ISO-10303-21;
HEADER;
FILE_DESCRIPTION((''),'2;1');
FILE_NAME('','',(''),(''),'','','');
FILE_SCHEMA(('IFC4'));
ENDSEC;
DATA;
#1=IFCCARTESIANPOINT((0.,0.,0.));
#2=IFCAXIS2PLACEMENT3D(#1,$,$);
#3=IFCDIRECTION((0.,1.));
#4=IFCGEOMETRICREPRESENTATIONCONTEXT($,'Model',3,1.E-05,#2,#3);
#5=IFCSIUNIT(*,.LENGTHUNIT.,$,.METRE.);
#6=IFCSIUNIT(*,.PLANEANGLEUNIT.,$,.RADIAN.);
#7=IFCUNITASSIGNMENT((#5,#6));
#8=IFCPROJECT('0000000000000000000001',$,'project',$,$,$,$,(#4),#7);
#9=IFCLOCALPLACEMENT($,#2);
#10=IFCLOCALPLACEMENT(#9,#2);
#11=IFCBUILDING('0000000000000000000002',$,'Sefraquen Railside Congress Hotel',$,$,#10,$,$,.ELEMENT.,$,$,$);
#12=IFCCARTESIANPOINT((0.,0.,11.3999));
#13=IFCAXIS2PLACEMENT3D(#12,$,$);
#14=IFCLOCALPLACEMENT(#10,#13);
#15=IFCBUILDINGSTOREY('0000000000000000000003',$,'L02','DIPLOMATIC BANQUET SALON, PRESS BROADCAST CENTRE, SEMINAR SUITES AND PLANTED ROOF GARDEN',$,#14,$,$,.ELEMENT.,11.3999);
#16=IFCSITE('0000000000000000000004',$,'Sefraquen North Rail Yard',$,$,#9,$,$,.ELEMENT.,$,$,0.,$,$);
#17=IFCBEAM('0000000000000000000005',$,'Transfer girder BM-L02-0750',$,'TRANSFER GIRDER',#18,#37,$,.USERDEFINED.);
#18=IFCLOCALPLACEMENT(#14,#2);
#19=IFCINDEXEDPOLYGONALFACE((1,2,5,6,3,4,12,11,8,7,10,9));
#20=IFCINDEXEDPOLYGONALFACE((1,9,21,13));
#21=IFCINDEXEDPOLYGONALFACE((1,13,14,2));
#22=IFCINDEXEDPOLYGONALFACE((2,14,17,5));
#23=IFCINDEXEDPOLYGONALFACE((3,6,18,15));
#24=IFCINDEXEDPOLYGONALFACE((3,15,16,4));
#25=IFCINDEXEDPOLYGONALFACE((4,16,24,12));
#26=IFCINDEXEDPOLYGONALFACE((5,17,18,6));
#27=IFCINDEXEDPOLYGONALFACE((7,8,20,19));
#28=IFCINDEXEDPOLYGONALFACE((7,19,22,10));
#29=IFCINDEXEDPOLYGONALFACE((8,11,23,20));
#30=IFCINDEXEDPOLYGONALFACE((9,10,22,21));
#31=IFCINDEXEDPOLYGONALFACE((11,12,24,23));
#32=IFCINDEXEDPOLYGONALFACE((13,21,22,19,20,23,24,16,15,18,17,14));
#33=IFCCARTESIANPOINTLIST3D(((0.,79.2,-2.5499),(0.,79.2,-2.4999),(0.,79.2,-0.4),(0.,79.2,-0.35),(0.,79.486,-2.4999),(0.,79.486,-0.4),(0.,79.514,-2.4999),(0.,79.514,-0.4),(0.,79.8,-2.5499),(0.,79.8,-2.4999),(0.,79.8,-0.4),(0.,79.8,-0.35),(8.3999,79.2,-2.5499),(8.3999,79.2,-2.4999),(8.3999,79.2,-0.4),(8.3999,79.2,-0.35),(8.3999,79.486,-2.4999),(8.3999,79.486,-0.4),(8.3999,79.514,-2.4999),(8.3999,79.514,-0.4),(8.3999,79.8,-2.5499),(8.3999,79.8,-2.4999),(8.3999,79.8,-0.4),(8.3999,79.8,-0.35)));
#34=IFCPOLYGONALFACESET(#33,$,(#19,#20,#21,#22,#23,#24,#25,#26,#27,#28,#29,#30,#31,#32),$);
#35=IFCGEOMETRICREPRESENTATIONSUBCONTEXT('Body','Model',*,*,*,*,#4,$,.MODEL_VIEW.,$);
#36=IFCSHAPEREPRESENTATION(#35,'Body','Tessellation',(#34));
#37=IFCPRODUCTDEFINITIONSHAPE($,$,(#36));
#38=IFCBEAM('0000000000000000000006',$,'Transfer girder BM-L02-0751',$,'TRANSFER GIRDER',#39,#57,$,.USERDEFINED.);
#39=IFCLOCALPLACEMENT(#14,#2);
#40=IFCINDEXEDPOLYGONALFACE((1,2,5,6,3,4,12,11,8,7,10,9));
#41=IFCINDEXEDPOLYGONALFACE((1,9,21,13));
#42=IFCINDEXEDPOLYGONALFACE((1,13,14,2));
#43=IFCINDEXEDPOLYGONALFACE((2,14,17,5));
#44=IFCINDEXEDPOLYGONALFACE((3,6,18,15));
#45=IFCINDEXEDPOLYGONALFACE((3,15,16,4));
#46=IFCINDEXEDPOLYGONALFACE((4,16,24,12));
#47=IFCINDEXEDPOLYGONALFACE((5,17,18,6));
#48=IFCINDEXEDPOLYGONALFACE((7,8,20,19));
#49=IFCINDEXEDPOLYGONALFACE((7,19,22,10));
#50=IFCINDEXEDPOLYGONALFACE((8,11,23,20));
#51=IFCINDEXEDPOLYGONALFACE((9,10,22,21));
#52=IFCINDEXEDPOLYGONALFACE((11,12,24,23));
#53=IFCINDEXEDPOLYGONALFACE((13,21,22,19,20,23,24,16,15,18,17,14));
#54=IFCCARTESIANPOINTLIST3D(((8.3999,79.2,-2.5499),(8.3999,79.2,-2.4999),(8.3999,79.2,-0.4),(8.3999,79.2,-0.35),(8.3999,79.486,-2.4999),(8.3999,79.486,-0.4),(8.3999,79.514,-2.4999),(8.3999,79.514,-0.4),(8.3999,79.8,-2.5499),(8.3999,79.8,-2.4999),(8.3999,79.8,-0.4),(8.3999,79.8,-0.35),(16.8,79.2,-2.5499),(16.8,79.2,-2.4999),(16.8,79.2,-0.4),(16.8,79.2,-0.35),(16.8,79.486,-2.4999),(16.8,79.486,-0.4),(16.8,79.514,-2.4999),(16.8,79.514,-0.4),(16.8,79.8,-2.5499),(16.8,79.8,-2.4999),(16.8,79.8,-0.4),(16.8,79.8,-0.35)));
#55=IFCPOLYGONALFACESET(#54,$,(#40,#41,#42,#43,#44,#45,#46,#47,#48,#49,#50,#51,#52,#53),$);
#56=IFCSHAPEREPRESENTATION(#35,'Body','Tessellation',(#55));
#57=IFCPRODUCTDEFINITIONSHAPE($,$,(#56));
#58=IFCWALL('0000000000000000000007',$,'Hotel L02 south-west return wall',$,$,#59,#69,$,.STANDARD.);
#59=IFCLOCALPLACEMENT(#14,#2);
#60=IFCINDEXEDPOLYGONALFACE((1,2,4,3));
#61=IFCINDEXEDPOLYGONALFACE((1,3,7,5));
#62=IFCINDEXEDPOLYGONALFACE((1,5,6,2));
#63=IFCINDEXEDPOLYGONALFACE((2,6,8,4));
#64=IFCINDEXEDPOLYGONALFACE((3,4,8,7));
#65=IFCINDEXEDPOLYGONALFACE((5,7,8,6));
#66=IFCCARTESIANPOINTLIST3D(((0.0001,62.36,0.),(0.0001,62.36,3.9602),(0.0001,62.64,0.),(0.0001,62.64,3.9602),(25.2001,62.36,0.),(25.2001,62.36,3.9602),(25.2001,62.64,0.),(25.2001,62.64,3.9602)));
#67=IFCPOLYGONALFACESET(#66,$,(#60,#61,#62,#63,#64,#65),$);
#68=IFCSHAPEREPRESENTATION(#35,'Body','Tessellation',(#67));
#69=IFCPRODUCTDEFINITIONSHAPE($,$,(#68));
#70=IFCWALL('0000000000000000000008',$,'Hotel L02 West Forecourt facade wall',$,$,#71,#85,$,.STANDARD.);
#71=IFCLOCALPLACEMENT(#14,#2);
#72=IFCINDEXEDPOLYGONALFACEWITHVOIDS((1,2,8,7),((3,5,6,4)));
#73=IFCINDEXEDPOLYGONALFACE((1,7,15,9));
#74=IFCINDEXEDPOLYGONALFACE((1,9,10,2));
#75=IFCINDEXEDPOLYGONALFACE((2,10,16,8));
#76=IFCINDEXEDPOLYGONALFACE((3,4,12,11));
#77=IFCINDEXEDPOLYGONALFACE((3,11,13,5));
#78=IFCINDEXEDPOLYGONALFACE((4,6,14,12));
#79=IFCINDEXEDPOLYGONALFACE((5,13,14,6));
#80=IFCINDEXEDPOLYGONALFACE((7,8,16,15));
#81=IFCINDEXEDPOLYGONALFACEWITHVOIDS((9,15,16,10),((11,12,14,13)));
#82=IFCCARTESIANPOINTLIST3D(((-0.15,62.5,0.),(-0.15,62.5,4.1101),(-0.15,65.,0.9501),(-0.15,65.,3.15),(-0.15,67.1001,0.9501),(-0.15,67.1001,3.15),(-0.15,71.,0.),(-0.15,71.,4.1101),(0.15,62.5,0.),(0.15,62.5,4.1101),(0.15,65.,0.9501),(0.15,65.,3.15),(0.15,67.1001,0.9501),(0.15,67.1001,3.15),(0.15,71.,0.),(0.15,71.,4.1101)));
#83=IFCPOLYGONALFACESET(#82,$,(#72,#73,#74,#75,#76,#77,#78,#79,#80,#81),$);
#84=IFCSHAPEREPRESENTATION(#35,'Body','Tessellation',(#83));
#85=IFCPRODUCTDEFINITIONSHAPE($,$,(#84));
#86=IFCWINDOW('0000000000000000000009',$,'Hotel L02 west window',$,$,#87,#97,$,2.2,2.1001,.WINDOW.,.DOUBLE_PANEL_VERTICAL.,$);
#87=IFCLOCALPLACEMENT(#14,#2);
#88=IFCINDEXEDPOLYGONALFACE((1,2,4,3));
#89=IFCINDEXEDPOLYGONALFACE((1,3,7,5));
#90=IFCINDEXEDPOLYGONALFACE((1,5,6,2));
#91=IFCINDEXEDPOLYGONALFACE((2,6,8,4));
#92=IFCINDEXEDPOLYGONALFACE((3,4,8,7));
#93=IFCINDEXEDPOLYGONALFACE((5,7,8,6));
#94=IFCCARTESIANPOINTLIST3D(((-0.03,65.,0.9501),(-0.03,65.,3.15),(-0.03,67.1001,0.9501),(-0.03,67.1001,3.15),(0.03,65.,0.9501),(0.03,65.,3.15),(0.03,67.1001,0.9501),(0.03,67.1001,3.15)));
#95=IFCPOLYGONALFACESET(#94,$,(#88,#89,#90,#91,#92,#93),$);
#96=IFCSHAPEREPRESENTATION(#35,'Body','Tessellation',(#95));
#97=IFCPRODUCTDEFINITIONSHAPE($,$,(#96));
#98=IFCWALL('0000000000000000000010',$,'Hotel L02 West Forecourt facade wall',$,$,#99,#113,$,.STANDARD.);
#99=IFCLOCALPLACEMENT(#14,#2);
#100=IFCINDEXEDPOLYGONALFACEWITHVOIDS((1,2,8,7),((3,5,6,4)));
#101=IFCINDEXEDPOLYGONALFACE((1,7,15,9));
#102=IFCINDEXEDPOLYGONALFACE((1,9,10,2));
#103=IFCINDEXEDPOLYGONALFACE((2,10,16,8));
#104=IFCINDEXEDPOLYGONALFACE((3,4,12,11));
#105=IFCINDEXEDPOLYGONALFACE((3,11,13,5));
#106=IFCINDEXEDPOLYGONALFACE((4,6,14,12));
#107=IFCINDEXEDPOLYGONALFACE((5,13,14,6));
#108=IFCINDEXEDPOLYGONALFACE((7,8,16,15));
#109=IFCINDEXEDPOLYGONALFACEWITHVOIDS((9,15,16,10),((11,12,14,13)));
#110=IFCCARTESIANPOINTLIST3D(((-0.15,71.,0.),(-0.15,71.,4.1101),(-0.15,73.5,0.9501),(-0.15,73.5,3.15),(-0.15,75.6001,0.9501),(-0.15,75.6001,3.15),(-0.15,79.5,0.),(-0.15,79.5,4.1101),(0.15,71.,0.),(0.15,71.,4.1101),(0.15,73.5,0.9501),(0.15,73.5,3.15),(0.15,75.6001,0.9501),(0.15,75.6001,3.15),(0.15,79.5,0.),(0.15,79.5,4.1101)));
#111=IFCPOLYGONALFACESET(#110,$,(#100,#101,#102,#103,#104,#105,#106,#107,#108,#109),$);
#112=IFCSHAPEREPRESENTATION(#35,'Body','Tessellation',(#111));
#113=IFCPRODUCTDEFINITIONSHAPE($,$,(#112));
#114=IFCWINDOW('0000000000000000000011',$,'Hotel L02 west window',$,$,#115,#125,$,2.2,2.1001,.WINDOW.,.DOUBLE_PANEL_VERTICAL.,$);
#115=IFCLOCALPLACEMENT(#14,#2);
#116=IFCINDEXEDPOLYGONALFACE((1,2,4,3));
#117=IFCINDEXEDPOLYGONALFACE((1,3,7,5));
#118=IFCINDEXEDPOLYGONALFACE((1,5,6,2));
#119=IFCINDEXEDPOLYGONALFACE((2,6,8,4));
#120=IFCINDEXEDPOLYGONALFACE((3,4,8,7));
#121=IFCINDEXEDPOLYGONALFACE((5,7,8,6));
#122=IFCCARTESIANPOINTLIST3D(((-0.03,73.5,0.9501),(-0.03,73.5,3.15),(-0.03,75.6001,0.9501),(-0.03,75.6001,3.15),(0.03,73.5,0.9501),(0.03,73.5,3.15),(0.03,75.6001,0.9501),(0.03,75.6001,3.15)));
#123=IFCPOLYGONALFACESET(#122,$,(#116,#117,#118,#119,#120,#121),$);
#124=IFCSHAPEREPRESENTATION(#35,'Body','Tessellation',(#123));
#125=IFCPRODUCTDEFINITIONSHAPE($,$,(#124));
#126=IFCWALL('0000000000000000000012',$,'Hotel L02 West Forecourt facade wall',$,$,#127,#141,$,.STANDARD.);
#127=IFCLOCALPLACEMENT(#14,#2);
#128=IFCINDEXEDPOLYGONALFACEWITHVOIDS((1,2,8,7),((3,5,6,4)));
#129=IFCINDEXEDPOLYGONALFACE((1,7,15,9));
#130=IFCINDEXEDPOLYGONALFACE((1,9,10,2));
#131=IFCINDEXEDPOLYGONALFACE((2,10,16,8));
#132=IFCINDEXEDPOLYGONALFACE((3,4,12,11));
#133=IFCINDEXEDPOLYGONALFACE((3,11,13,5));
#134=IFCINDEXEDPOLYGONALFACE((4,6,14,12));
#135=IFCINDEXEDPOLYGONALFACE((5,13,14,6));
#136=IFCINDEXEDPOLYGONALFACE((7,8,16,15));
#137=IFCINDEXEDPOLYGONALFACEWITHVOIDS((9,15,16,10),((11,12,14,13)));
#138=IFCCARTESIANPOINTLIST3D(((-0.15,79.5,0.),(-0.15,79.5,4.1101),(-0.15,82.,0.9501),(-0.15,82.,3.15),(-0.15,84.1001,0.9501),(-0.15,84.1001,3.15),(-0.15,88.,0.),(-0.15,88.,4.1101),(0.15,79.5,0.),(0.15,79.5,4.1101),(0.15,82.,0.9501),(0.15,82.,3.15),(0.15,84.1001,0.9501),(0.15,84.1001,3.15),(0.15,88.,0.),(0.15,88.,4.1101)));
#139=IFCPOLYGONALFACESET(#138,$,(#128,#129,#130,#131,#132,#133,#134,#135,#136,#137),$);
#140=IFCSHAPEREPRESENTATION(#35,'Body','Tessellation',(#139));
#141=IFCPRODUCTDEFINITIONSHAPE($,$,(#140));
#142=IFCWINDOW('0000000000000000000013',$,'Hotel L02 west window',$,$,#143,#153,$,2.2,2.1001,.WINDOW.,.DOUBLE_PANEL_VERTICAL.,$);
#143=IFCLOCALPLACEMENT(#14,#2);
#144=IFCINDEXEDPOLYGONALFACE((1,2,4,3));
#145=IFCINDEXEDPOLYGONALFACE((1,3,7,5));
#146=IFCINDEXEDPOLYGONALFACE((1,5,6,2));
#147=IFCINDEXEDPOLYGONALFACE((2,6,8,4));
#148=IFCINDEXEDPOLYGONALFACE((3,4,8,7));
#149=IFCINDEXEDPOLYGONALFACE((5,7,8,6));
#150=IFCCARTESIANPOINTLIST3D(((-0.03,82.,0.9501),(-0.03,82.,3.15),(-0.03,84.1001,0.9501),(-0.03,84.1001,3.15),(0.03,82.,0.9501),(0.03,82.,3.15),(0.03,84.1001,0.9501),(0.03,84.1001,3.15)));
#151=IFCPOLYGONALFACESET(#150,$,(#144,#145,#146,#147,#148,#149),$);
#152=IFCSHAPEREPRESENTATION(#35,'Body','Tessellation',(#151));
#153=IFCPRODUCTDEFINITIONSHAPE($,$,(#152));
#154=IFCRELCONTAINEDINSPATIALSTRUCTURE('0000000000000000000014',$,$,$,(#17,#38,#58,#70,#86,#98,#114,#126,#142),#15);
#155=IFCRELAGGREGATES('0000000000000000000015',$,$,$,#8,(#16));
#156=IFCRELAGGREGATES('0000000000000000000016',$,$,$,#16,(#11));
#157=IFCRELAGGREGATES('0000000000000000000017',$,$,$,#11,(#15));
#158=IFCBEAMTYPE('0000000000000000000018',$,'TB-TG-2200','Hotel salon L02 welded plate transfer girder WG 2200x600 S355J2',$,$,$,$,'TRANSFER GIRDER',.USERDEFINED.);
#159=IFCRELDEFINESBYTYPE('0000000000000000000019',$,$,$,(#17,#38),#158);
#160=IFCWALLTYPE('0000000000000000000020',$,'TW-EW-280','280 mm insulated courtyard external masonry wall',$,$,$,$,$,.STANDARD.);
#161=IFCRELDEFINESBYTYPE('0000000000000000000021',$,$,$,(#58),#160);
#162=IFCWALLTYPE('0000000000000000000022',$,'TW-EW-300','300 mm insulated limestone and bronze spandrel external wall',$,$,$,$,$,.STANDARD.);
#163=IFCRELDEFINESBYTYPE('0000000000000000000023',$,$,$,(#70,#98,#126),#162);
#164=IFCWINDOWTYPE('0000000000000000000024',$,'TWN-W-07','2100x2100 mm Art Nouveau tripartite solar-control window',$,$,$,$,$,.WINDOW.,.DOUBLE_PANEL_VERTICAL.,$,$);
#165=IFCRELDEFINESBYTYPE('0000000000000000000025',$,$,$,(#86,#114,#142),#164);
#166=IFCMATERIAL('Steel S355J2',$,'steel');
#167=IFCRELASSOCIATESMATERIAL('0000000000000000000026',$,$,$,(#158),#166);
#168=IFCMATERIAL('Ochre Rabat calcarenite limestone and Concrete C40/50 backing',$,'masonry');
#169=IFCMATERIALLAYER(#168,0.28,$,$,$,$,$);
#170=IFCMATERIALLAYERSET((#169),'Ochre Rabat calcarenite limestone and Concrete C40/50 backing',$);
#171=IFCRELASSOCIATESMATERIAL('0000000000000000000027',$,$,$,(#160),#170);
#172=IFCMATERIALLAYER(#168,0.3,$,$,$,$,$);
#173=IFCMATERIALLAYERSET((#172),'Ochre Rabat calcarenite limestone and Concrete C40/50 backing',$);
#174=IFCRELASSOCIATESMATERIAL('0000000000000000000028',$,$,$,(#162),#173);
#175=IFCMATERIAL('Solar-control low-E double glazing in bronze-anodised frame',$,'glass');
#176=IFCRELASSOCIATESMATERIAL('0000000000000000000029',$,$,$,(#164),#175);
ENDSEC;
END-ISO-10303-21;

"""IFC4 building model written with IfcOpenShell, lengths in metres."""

from ifc_helpers import new_model, si_unit, direction, frame, frame_2d, origin, origin_2d, place, context, subcontext, project, spatial, rectangle, i_section, extrude, material, layer, layer_set, material_profile, profile_set, type_object, element, fill, save


model = new_model("IFC4")

# Units and contexts
model_context = context("Model", 3, precision=1e-05, world=origin(), true_north=direction((0.0, 1.0)))
body_context = subcontext(model_context, "Body", "Model", "MODEL_VIEW")
ifc_project = project(units=[si_unit("LENGTHUNIT", "METRE"), si_unit("PLANEANGLEUNIT", "RADIAN")], contexts=[model_context])

# Site, building, storey
site_placement = place(None, origin())
site = spatial("IfcSite", under=ifc_project, at=site_placement, Name="Sefraquen North Rail Yard", CompositionType="ELEMENT", RefElevation=0.0)
building_placement = place(site_placement, origin())
building = spatial("IfcBuilding", under=site, at=building_placement, Name="Sefraquen Railside Congress Hotel", CompositionType="ELEMENT")
storey_placement = place(building_placement, frame((0.0, 0.0, 11.3999)))
storey = spatial("IfcBuildingStorey", under=building, at=storey_placement, Name="L02", Description="DIPLOMATIC BANQUET SALON, PRESS BROADCAST CENTRE, SEMINAR SUITES AND PLANTED ROOF GARDEN", CompositionType="ELEMENT", Elevation=11.3999)

# Beams
ifc_material_1 = material(Name="Steel S355J2", Category="steel")
ifc_material_profile_1 = material_profile(ifc_material_1, i_section(OverallWidth=0.6001, OverallDepth=2.2, WebThickness=0.0281, FlangeThickness=0.05, at=origin_2d()), Name="WG 2200x600")
ifc_profile_set_1 = profile_set([ifc_material_profile_1], Name="Steel S355J2")
beam_type_1 = type_object("IfcBeamType", Name="TB-TG-2200", Description="Hotel salon L02 welded plate transfer girder WG 2200x600 S355J2", ElementType="TRANSFER GIRDER", PredefinedType="USERDEFINED", material=ifc_profile_set_1)
beam_1_placement = place(storey_placement, frame((0.0, 79.5, -1.45), z_axis=(1.0, 0.0, 0.0), x_axis=(0.0, 1.0, 0.0)))
element("IfcBeam", 1, at=beam_1_placement, inside=storey, type_object=beam_type_1, Name="Transfer girder BM-L02-0750", ObjectType="TRANSFER GIRDER", PredefinedType="USERDEFINED", context=body_context, shape_type="SweptSolid", body=[
    extrude(i_section(OverallWidth=0.6001, OverallDepth=2.2, WebThickness=0.0281, FlangeThickness=0.05, at=origin_2d()), origin(), (0.0, 0.0, 1.0), 8.3999),
])
beam_2_placement = place(storey_placement, frame((8.3999, 79.5, -1.45), z_axis=(1.0, 0.0, 0.0), x_axis=(0.0, 1.0, 0.0)))
element("IfcBeam", 2, at=beam_2_placement, inside=storey, type_object=beam_type_1, Name="Transfer girder BM-L02-0751", ObjectType="TRANSFER GIRDER", PredefinedType="USERDEFINED", context=body_context, shape_type="SweptSolid", body=[
    extrude(i_section(OverallWidth=0.6001, OverallDepth=2.2, WebThickness=0.0281, FlangeThickness=0.05, at=origin_2d()), origin(), (0.0, 0.0, 1.0), 8.4001),
])

# Wall
ifc_material_2 = material(Name="Ochre Rabat calcarenite limestone and Concrete C40/50 backing", Category="masonry")
ifc_layer_1 = layer(ifc_material_2, 0.28)
ifc_layer_set_1 = layer_set([ifc_layer_1], Name="Ochre Rabat calcarenite limestone and Concrete C40/50 backing")
wall_type_1 = type_object("IfcWallType", Name="TW-EW-280", Description="280 mm insulated courtyard external masonry wall", PredefinedType="STANDARD", material=ifc_layer_set_1)
wall_1_placement = place(storey_placement, frame((0.0, 62.5, 0.0), z_axis=(0.0, 0.0, 1.0), x_axis=(1.0, 0.0, 0.0)))
element("IfcWall", 3, at=wall_1_placement, inside=storey, type_object=wall_type_1, Name="Hotel L02 south-west return wall", PredefinedType="STANDARD", context=body_context, shape_type="SweptSolid", body=[
    extrude(rectangle(XDim=25.2, YDim=0.28, at=frame_2d((12.6001, 0.0))), origin(), (0.0, 0.0, 1.0), 3.9602),
])

# Walls, openings, windows
ifc_layer_2 = layer(ifc_material_2, 0.3)
ifc_layer_set_2 = layer_set([ifc_layer_2], Name="Ochre Rabat calcarenite limestone and Concrete C40/50 backing")
wall_type_2 = type_object("IfcWallType", Name="TW-EW-300", Description="300 mm insulated limestone and bronze spandrel external wall", PredefinedType="STANDARD", material=ifc_layer_set_2)
wall_2_placement = place(storey_placement, frame((0.0, 62.5, 0.0), z_axis=(0.0, 0.0, 1.0), x_axis=(0.0, 1.0, 0.0)))
wall_2 = element("IfcWall", 4, at=wall_2_placement, inside=storey, type_object=wall_type_2, Name="Hotel L02 West Forecourt facade wall", PredefinedType="STANDARD", context=body_context, shape_type="SweptSolid", body=[
    extrude(rectangle(XDim=8.5, YDim=0.3, at=frame_2d((4.25, 0.0))), origin(), (0.0, 0.0, 1.0), 4.1101),
])
opening_1_placement = place(wall_2_placement, frame((2.5, 0.0, 0.95)))
opening_1 = element("IfcOpeningElement", 5, at=opening_1_placement, cuts=wall_2, PredefinedType="OPENING", context=body_context, shape_type="SweptSolid", body=[
    extrude(rectangle(XDim=2.1001, YDim=2.2, at=frame_2d((1.05, 1.1001))), frame((0.0, 0.1599, 0.0), z_axis=(0.0, -1.0, 0.0), x_axis=(1.0, 0.0, 0.0)), (0.0, 0.0, 1.0), 0.3201),
])
ifc_material_3 = material(Name="Solar-control low-E double glazing in bronze-anodised frame", Category="glass")
window_type = type_object("IfcWindowType", Name="TWN-W-07", Description="2100x2100 mm Art Nouveau tripartite solar-control window", PartitioningType="DOUBLE_PANEL_VERTICAL", PredefinedType="WINDOW", material=ifc_material_3)
window_1_placement = place(opening_1_placement, origin())
window_1 = element("IfcWindow", 6, at=window_1_placement, inside=storey, type_object=window_type, Name="Hotel L02 west window", OverallHeight=2.2, OverallWidth=2.1001, PartitioningType="DOUBLE_PANEL_VERTICAL", PredefinedType="WINDOW", context=body_context, shape_type="SweptSolid", body=[
    extrude(rectangle(XDim=2.1001, YDim=2.2, at=frame_2d((1.05, 1.1001))), frame((0.0, 0.03, 0.0), z_axis=(0.0, -1.0, 0.0), x_axis=(1.0, 0.0, 0.0)), (0.0, 0.0, 1.0), 0.0601),
])
fill(opening_1, window_1)
wall_3_placement = place(storey_placement, frame((0.0, 71.0, 0.0), z_axis=(0.0, 0.0, 1.0), x_axis=(0.0, 1.0, 0.0)))
wall_3 = element("IfcWall", 7, at=wall_3_placement, inside=storey, type_object=wall_type_2, Name="Hotel L02 West Forecourt facade wall", PredefinedType="STANDARD", context=body_context, shape_type="SweptSolid", body=[
    extrude(rectangle(XDim=8.5, YDim=0.3, at=frame_2d((4.25, 0.0))), origin(), (0.0, 0.0, 1.0), 4.1101),
])
opening_2_placement = place(wall_3_placement, frame((2.5, 0.0, 0.95)))
opening_2 = element("IfcOpeningElement", 8, at=opening_2_placement, cuts=wall_3, PredefinedType="OPENING", context=body_context, shape_type="SweptSolid", body=[
    extrude(rectangle(XDim=2.1001, YDim=2.2, at=frame_2d((1.05, 1.1001))), frame((0.0, 0.1599, 0.0), z_axis=(0.0, -1.0, 0.0), x_axis=(1.0, 0.0, 0.0)), (0.0, 0.0, 1.0), 0.3201),
])
window_2_placement = place(opening_2_placement, origin())
window_2 = element("IfcWindow", 9, at=window_2_placement, inside=storey, type_object=window_type, Name="Hotel L02 west window", OverallHeight=2.2, OverallWidth=2.1001, PartitioningType="DOUBLE_PANEL_VERTICAL", PredefinedType="WINDOW", context=body_context, shape_type="SweptSolid", body=[
    extrude(rectangle(XDim=2.1001, YDim=2.2, at=frame_2d((1.05, 1.1001))), frame((0.0, 0.03, 0.0), z_axis=(0.0, -1.0, 0.0), x_axis=(1.0, 0.0, 0.0)), (0.0, 0.0, 1.0), 0.0601),
])
fill(opening_2, window_2)
wall_4_placement = place(storey_placement, frame((0.0, 79.5, 0.0), z_axis=(0.0, 0.0, 1.0), x_axis=(0.0, 1.0, 0.0)))
wall_4 = element("IfcWall", 10, at=wall_4_placement, inside=storey, type_object=wall_type_2, Name="Hotel L02 West Forecourt facade wall", PredefinedType="STANDARD", context=body_context, shape_type="SweptSolid", body=[
    extrude(rectangle(XDim=8.5, YDim=0.3, at=frame_2d((4.25, 0.0))), origin(), (0.0, 0.0, 1.0), 4.1101),
])
opening_3_placement = place(wall_4_placement, frame((2.5, 0.0, 0.95)))
opening_3 = element("IfcOpeningElement", 11, at=opening_3_placement, cuts=wall_4, PredefinedType="OPENING", context=body_context, shape_type="SweptSolid", body=[
    extrude(rectangle(XDim=2.1001, YDim=2.2, at=frame_2d((1.05, 1.1001))), frame((0.0, 0.1599, 0.0), z_axis=(0.0, -1.0, 0.0), x_axis=(1.0, 0.0, 0.0)), (0.0, 0.0, 1.0), 0.3201),
])
window_3_placement = place(opening_3_placement, origin())
window_3 = element("IfcWindow", 12, at=window_3_placement, inside=storey, type_object=window_type, Name="Hotel L02 west window", OverallHeight=2.2, OverallWidth=2.1001, PartitioningType="DOUBLE_PANEL_VERTICAL", PredefinedType="WINDOW", context=body_context, shape_type="SweptSolid", body=[
    extrude(rectangle(XDim=2.1001, YDim=2.2, at=frame_2d((1.05, 1.1001))), frame((0.0, 0.03, 0.0), z_axis=(0.0, -1.0, 0.0), x_axis=(1.0, 0.0, 0.0)), (0.0, 0.0, 1.0), 0.0601),
])
fill(opening_3, window_3)

save(model, "model.ifc")
